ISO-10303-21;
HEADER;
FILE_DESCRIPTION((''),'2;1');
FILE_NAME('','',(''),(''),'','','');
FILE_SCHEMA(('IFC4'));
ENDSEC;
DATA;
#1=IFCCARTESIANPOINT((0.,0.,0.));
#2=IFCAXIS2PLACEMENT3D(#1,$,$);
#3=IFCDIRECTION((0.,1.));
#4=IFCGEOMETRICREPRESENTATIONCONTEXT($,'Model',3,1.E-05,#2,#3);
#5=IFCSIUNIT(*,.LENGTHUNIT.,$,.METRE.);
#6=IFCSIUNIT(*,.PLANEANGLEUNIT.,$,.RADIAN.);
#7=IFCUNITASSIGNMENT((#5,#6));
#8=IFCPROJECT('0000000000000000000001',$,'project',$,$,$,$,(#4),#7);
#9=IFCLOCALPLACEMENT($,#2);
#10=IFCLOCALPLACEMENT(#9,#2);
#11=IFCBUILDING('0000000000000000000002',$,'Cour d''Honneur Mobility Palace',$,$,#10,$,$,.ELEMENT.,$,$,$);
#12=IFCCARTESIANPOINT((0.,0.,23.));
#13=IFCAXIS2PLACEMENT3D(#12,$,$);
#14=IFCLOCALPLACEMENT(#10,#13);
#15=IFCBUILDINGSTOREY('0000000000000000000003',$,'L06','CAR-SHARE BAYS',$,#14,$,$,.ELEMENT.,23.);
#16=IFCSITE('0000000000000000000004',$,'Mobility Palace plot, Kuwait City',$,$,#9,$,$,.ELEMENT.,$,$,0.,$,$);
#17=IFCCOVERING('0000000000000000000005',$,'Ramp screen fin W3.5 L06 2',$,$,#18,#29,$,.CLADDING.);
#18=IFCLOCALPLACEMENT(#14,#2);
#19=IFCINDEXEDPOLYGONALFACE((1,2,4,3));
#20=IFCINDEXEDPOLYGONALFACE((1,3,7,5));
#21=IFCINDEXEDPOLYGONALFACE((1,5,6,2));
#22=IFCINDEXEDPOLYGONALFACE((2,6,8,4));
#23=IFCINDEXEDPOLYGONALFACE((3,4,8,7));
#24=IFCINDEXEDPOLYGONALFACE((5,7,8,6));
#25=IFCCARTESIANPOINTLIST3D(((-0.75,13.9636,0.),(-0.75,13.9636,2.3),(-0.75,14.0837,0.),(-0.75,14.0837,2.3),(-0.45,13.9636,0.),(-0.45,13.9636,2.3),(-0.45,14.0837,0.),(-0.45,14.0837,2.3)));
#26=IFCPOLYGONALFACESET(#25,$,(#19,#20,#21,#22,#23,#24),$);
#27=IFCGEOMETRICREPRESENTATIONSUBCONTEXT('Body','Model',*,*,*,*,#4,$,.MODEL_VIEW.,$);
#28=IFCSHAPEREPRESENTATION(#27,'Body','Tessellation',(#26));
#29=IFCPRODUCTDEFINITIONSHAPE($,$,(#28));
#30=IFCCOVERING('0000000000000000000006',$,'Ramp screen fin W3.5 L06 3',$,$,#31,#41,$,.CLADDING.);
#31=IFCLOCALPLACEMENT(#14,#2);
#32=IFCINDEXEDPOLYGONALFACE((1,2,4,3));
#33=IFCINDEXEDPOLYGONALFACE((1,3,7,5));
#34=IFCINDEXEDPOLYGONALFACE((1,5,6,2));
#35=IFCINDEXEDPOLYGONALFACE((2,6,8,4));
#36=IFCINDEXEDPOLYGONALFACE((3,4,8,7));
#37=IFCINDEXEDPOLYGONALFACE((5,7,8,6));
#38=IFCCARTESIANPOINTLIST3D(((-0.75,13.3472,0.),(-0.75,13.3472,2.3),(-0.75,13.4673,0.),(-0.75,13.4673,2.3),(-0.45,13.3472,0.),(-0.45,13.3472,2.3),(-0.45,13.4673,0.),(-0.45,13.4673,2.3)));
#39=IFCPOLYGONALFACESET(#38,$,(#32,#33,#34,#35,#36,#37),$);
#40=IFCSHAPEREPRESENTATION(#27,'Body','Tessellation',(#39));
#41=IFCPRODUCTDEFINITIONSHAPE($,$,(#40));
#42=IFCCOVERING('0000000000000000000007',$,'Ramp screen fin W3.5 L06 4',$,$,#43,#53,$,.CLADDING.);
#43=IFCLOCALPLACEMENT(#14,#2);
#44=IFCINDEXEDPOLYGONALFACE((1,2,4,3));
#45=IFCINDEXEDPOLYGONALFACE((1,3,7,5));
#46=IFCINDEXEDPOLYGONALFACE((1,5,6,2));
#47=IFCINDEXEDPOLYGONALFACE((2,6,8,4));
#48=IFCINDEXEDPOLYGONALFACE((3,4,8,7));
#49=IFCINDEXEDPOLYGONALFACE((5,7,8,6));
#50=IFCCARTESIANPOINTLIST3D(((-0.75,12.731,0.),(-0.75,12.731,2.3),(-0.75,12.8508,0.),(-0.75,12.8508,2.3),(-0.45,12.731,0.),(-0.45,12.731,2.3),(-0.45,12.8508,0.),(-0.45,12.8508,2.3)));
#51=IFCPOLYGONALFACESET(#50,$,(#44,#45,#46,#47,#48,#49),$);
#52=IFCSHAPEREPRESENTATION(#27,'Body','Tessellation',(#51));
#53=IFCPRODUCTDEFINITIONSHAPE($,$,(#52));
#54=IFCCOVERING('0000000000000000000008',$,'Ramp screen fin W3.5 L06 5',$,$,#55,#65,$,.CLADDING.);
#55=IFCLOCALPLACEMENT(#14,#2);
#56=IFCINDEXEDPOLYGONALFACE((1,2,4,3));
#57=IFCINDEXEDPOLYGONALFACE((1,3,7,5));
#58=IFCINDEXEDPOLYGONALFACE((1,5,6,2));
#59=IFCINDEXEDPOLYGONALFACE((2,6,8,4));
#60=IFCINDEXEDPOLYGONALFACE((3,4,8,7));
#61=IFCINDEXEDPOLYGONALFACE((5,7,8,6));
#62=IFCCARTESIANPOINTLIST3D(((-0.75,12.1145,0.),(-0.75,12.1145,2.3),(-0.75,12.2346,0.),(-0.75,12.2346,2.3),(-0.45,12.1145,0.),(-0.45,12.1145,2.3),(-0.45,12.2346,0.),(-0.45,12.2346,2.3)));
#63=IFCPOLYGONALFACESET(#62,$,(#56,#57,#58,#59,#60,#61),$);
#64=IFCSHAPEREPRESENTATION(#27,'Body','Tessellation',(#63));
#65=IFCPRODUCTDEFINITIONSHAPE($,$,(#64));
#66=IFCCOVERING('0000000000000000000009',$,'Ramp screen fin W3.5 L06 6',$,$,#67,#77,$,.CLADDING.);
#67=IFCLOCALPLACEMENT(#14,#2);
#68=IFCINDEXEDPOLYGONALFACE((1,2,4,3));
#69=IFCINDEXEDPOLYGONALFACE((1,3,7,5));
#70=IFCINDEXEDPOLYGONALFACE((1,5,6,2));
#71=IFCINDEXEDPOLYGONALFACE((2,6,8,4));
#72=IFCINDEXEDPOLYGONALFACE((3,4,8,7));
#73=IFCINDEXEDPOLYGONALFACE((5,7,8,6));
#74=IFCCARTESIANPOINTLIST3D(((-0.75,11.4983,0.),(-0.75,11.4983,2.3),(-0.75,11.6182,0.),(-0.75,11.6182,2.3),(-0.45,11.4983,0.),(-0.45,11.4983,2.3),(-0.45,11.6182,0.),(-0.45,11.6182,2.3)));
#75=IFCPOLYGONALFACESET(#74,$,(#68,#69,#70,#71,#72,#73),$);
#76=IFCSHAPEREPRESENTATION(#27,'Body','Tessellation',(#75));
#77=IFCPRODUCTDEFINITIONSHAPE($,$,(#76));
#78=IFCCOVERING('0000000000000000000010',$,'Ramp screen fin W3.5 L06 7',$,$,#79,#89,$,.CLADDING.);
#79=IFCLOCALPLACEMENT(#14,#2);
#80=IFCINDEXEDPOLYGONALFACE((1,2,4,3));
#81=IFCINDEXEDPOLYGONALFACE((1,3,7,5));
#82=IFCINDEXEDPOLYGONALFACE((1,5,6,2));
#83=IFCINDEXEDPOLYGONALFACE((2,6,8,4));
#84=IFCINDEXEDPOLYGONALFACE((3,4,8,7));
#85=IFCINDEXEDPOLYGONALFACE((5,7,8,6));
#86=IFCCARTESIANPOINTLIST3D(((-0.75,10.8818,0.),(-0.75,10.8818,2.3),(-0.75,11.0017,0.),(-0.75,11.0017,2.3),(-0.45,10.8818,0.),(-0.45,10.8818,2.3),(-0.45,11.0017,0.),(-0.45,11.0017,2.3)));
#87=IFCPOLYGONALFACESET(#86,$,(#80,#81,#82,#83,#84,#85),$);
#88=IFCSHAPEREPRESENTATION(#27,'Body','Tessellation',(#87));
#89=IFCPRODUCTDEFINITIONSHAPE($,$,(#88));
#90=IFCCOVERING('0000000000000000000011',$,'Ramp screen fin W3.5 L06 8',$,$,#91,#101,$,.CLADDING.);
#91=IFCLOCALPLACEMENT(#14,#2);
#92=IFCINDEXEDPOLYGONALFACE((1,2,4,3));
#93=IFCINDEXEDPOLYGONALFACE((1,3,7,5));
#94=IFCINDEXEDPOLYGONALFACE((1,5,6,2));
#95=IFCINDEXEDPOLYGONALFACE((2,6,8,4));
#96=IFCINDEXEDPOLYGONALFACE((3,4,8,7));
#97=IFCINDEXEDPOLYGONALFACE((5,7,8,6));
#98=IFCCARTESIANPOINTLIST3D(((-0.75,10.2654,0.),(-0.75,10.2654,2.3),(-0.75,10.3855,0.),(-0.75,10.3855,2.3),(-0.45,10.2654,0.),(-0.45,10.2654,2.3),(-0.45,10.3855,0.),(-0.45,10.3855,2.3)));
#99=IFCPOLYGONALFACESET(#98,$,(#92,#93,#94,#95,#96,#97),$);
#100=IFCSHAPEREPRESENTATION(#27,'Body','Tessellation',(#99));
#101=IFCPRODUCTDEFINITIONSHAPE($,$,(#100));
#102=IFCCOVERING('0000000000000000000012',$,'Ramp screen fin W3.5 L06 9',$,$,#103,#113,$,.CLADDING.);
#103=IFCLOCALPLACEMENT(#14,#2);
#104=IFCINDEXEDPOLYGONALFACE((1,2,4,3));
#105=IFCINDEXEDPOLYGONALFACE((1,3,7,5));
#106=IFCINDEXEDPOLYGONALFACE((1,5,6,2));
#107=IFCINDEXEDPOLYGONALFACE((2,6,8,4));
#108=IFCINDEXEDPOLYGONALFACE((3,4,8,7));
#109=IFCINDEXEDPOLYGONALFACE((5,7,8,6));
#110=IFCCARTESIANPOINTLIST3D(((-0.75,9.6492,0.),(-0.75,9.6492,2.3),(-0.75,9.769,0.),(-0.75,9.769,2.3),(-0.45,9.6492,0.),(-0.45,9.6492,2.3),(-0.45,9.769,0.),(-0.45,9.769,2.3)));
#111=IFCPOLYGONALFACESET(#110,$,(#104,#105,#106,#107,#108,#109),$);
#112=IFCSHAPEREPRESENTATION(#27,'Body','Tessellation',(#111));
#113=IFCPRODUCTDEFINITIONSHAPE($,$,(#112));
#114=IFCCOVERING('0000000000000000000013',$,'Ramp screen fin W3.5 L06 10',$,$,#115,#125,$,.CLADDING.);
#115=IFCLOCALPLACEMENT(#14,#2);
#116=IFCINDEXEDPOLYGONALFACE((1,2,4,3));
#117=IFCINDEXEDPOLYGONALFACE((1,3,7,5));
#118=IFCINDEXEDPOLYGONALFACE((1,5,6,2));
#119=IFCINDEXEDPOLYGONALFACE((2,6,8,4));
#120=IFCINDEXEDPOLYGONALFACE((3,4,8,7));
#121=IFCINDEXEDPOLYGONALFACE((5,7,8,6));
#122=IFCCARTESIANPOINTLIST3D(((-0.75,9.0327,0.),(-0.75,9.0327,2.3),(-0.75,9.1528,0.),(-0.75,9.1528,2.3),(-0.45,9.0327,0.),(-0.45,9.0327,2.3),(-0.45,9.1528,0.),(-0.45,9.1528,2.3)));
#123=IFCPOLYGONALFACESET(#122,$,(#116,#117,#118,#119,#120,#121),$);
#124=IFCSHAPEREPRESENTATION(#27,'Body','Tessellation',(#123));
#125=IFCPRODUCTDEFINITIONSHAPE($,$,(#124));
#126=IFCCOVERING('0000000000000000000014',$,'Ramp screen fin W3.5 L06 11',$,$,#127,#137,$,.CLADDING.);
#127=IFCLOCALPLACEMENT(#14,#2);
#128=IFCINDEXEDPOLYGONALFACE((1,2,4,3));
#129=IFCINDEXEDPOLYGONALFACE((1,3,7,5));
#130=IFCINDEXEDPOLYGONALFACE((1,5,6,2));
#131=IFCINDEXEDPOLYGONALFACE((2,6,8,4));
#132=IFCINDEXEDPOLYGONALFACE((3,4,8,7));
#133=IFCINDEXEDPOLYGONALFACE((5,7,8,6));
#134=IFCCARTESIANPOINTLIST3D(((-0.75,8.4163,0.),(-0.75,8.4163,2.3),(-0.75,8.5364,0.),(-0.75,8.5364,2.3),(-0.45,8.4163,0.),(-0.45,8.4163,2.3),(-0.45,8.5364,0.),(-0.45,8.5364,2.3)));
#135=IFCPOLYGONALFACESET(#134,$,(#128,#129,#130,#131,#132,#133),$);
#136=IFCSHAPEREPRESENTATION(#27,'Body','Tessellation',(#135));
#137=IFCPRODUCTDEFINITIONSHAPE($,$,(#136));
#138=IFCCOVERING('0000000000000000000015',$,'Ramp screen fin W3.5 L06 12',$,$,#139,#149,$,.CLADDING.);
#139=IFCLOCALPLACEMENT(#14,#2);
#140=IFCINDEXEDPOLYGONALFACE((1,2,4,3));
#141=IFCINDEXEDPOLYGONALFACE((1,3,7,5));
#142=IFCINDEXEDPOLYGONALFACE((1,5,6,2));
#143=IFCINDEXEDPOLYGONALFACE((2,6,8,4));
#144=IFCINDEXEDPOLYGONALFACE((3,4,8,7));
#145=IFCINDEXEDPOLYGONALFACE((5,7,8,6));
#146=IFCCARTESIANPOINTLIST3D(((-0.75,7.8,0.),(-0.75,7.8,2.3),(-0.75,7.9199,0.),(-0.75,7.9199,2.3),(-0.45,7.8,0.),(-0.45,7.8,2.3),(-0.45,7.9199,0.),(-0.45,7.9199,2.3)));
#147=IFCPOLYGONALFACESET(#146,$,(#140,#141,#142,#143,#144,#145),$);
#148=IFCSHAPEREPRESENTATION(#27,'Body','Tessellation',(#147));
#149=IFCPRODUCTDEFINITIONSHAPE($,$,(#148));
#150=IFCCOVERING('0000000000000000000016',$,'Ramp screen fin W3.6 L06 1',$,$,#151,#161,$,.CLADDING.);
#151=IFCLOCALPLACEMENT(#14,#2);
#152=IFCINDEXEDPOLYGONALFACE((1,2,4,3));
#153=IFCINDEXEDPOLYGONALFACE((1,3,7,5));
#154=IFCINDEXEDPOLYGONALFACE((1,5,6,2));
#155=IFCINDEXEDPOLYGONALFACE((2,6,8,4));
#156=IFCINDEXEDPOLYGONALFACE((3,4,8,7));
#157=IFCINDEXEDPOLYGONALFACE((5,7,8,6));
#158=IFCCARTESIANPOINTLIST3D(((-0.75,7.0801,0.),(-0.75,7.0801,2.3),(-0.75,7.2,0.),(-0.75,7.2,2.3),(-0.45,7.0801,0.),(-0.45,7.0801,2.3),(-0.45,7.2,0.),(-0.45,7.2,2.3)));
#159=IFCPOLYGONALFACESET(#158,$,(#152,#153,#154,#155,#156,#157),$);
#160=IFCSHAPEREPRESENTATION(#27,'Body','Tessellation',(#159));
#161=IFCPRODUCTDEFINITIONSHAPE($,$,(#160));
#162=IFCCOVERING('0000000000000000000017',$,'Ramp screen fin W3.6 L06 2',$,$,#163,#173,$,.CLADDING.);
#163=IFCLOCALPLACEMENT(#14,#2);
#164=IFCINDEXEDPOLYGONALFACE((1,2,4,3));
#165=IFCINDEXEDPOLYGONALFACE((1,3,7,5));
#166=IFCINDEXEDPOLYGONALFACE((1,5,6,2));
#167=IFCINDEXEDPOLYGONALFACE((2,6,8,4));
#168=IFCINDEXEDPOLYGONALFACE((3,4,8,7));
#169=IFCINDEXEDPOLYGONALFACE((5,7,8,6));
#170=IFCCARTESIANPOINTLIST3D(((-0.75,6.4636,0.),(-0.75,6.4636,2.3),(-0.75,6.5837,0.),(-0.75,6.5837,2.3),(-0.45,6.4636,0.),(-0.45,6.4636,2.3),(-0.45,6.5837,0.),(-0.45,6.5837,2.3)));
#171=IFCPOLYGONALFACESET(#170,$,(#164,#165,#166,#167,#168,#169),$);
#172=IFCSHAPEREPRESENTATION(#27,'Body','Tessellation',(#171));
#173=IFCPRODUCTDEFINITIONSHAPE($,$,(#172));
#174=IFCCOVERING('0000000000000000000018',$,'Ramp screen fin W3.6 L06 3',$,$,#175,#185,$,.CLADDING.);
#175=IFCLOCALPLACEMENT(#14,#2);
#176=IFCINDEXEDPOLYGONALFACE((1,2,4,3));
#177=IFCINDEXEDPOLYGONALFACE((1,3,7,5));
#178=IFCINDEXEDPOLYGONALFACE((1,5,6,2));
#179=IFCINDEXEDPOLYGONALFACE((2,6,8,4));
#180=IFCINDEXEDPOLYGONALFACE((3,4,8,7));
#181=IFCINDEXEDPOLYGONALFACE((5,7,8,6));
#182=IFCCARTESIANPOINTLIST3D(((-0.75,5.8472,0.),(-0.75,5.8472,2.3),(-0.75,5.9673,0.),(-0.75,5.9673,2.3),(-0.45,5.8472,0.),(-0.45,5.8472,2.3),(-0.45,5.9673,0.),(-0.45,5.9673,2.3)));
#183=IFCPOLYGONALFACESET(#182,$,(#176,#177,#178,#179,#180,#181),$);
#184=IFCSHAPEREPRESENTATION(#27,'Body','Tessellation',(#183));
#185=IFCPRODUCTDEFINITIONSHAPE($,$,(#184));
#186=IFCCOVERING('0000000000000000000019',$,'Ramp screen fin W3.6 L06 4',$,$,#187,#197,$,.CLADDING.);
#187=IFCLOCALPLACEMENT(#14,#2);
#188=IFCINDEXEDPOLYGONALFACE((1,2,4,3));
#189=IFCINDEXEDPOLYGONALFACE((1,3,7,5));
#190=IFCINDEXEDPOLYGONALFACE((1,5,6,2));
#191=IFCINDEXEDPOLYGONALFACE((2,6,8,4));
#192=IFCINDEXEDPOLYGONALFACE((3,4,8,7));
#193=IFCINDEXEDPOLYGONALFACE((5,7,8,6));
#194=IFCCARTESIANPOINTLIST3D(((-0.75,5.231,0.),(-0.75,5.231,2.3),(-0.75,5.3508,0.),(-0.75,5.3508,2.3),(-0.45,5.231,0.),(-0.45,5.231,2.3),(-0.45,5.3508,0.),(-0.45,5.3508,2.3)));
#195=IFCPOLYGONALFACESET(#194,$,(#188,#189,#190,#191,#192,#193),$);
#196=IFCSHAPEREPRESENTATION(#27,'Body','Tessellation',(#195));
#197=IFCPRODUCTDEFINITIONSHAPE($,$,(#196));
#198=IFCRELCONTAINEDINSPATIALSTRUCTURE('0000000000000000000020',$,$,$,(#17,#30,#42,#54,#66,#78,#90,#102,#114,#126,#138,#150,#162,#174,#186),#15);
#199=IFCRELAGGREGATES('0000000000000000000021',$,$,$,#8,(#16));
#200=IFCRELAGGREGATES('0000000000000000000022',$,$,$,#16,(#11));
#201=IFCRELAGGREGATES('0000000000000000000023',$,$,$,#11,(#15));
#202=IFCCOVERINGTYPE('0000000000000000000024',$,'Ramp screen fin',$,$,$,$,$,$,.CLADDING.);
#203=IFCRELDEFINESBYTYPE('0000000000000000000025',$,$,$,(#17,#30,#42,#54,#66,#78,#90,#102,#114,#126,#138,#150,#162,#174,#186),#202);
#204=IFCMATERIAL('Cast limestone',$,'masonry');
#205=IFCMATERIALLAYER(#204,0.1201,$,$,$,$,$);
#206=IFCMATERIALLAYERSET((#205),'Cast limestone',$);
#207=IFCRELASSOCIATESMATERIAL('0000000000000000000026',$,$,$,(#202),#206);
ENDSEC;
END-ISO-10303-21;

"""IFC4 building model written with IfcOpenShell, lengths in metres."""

from ifc_helpers import new_model, si_unit, direction, frame, origin, place, context, subcontext, project, spatial, polyline, outline, extrude, material, layer, layer_set, type_object, element, save


model = new_model("IFC4")

# Units and contexts
model_context = context("Model", 3, precision=1e-05, world=origin(), true_north=direction((0.0, 1.0)))
body_context = subcontext(model_context, "Body", "Model", "MODEL_VIEW")
ifc_project = project(units=[si_unit("LENGTHUNIT", "METRE"), si_unit("PLANEANGLEUNIT", "RADIAN")], contexts=[model_context])

# Site, building, storey
site_placement = place(None, origin())
site = spatial("IfcSite", under=ifc_project, at=site_placement, Name="Mobility Palace plot, Kuwait City", CompositionType="ELEMENT", RefElevation=0.0)
building_placement = place(site_placement, origin())
building = spatial("IfcBuilding", under=site, at=building_placement, Name="Cour d'Honneur Mobility Palace", CompositionType="ELEMENT")
storey_placement = place(building_placement, frame((0.0, 0.0, 23.0)))
storey = spatial("IfcBuildingStorey", under=building, at=storey_placement, Name="L06", Description="CAR-SHARE BAYS", CompositionType="ELEMENT", Elevation=23.0)

# Coverings
ifc_material_1 = material(Name="Cast limestone", Category="masonry")
ifc_layer_1 = layer(ifc_material_1, 0.1201)
ifc_layer_set_1 = layer_set([ifc_layer_1], Name="Cast limestone")
covering_type_1 = type_object("IfcCoveringType", Name="Ramp screen fin", PredefinedType="CLADDING", material=ifc_layer_set_1)
covering_1_placement = place(storey_placement, origin())
element("IfcCovering", 1, at=covering_1_placement, inside=storey, type_object=covering_type_1, Name="Ramp screen fin W3.5 L06 2", PredefinedType="CLADDING", context=body_context, shape_type="SweptSolid", body=[
    extrude(outline(polyline([(-0.45, 14.0837), (-0.45, 13.9636), (-0.75, 13.9636), (-0.75, 14.0837), (-0.45, 14.0837)])), origin(), (0.0, 0.0, 1.0), 2.3),
])
covering_2_placement = place(storey_placement, origin())
element("IfcCovering", 2, at=covering_2_placement, inside=storey, type_object=covering_type_1, Name="Ramp screen fin W3.5 L06 3", PredefinedType="CLADDING", context=body_context, shape_type="SweptSolid", body=[
    extrude(outline(polyline([(-0.45, 13.4673), (-0.45, 13.3472), (-0.75, 13.3472), (-0.75, 13.4673), (-0.45, 13.4673)])), origin(), (0.0, 0.0, 1.0), 2.3),
])
covering_3_placement = place(storey_placement, origin())
element("IfcCovering", 3, at=covering_3_placement, inside=storey, type_object=covering_type_1, Name="Ramp screen fin W3.5 L06 4", PredefinedType="CLADDING", context=body_context, shape_type="SweptSolid", body=[
    extrude(outline(polyline([(-0.45, 12.8508), (-0.45, 12.731), (-0.75, 12.731), (-0.75, 12.8508), (-0.45, 12.8508)])), origin(), (0.0, 0.0, 1.0), 2.3),
])
covering_4_placement = place(storey_placement, origin())
element("IfcCovering", 4, at=covering_4_placement, inside=storey, type_object=covering_type_1, Name="Ramp screen fin W3.5 L06 5", PredefinedType="CLADDING", context=body_context, shape_type="SweptSolid", body=[
    extrude(outline(polyline([(-0.45, 12.2346), (-0.45, 12.1145), (-0.75, 12.1145), (-0.75, 12.2346), (-0.45, 12.2346)])), origin(), (0.0, 0.0, 1.0), 2.3),
])
covering_5_placement = place(storey_placement, origin())
element("IfcCovering", 5, at=covering_5_placement, inside=storey, type_object=covering_type_1, Name="Ramp screen fin W3.5 L06 6", PredefinedType="CLADDING", context=body_context, shape_type="SweptSolid", body=[
    extrude(outline(polyline([(-0.45, 11.6182), (-0.45, 11.4983), (-0.75, 11.4983), (-0.75, 11.6182), (-0.45, 11.6182)])), origin(), (0.0, 0.0, 1.0), 2.3),
])
covering_6_placement = place(storey_placement, origin())
element("IfcCovering", 6, at=covering_6_placement, inside=storey, type_object=covering_type_1, Name="Ramp screen fin W3.5 L06 7", PredefinedType="CLADDING", context=body_context, shape_type="SweptSolid", body=[
    extrude(outline(polyline([(-0.45, 11.0017), (-0.45, 10.8818), (-0.75, 10.8818), (-0.75, 11.0017), (-0.45, 11.0017)])), origin(), (0.0, 0.0, 1.0), 2.3),
])
covering_7_placement = place(storey_placement, origin())
element("IfcCovering", 7, at=covering_7_placement, inside=storey, type_object=covering_type_1, Name="Ramp screen fin W3.5 L06 8", PredefinedType="CLADDING", context=body_context, shape_type="SweptSolid", body=[
    extrude(outline(polyline([(-0.45, 10.3855), (-0.45, 10.2654), (-0.75, 10.2654), (-0.75, 10.3855), (-0.45, 10.3855)])), origin(), (0.0, 0.0, 1.0), 2.3),
])
covering_8_placement = place(storey_placement, origin())
element("IfcCovering", 8, at=covering_8_placement, inside=storey, type_object=covering_type_1, Name="Ramp screen fin W3.5 L06 9", PredefinedType="CLADDING", context=body_context, shape_type="SweptSolid", body=[
    extrude(outline(polyline([(-0.45, 9.769), (-0.45, 9.6492), (-0.75, 9.6492), (-0.75, 9.769), (-0.45, 9.769)])), origin(), (0.0, 0.0, 1.0), 2.3),
])
covering_9_placement = place(storey_placement, origin())
element("IfcCovering", 9, at=covering_9_placement, inside=storey, type_object=covering_type_1, Name="Ramp screen fin W3.5 L06 10", PredefinedType="CLADDING", context=body_context, shape_type="SweptSolid", body=[
    extrude(outline(polyline([(-0.45, 9.1528), (-0.45, 9.0327), (-0.75, 9.0327), (-0.75, 9.1528), (-0.45, 9.1528)])), origin(), (0.0, 0.0, 1.0), 2.3),
])
covering_10_placement = place(storey_placement, origin())
element("IfcCovering", 10, at=covering_10_placement, inside=storey, type_object=covering_type_1, Name="Ramp screen fin W3.5 L06 11", PredefinedType="CLADDING", context=body_context, shape_type="SweptSolid", body=[
    extrude(outline(polyline([(-0.45, 8.5364), (-0.45, 8.4163), (-0.75, 8.4163), (-0.75, 8.5364), (-0.45, 8.5364)])), origin(), (0.0, 0.0, 1.0), 2.3),
])
covering_11_placement = place(storey_placement, origin())
element("IfcCovering", 11, at=covering_11_placement, inside=storey, type_object=covering_type_1, Name="Ramp screen fin W3.5 L06 12", PredefinedType="CLADDING", context=body_context, shape_type="SweptSolid", body=[
    extrude(outline(polyline([(-0.45, 7.9199), (-0.45, 7.8), (-0.75, 7.8), (-0.75, 7.9199), (-0.45, 7.9199)])), origin(), (0.0, 0.0, 1.0), 2.3),
])
covering_12_placement = place(storey_placement, origin())
element("IfcCovering", 12, at=covering_12_placement, inside=storey, type_object=covering_type_1, Name="Ramp screen fin W3.6 L06 1", PredefinedType="CLADDING", context=body_context, shape_type="SweptSolid", body=[
    extrude(outline(polyline([(-0.45, 7.2), (-0.45, 7.0801), (-0.75, 7.0801), (-0.75, 7.2), (-0.45, 7.2)])), origin(), (0.0, 0.0, 1.0), 2.3),
])
covering_13_placement = place(storey_placement, origin())
element("IfcCovering", 13, at=covering_13_placement, inside=storey, type_object=covering_type_1, Name="Ramp screen fin W3.6 L06 2", PredefinedType="CLADDING", context=body_context, shape_type="SweptSolid", body=[
    extrude(outline(polyline([(-0.45, 6.5837), (-0.45, 6.4636), (-0.75, 6.4636), (-0.75, 6.5837), (-0.45, 6.5837)])), origin(), (0.0, 0.0, 1.0), 2.3),
])
covering_14_placement = place(storey_placement, origin())
element("IfcCovering", 14, at=covering_14_placement, inside=storey, type_object=covering_type_1, Name="Ramp screen fin W3.6 L06 3", PredefinedType="CLADDING", context=body_context, shape_type="SweptSolid", body=[
    extrude(outline(polyline([(-0.45, 5.9673), (-0.45, 5.8472), (-0.75, 5.8472), (-0.75, 5.9673), (-0.45, 5.9673)])), origin(), (0.0, 0.0, 1.0), 2.3),
])
covering_15_placement = place(storey_placement, origin())
element("IfcCovering", 15, at=covering_15_placement, inside=storey, type_object=covering_type_1, Name="Ramp screen fin W3.6 L06 4", PredefinedType="CLADDING", context=body_context, shape_type="SweptSolid", body=[
    extrude(outline(polyline([(-0.45, 5.3508), (-0.45, 5.231), (-0.75, 5.231), (-0.75, 5.3508), (-0.45, 5.3508)])), origin(), (0.0, 0.0, 1.0), 2.3),
])

save(model, "model.ifc")
